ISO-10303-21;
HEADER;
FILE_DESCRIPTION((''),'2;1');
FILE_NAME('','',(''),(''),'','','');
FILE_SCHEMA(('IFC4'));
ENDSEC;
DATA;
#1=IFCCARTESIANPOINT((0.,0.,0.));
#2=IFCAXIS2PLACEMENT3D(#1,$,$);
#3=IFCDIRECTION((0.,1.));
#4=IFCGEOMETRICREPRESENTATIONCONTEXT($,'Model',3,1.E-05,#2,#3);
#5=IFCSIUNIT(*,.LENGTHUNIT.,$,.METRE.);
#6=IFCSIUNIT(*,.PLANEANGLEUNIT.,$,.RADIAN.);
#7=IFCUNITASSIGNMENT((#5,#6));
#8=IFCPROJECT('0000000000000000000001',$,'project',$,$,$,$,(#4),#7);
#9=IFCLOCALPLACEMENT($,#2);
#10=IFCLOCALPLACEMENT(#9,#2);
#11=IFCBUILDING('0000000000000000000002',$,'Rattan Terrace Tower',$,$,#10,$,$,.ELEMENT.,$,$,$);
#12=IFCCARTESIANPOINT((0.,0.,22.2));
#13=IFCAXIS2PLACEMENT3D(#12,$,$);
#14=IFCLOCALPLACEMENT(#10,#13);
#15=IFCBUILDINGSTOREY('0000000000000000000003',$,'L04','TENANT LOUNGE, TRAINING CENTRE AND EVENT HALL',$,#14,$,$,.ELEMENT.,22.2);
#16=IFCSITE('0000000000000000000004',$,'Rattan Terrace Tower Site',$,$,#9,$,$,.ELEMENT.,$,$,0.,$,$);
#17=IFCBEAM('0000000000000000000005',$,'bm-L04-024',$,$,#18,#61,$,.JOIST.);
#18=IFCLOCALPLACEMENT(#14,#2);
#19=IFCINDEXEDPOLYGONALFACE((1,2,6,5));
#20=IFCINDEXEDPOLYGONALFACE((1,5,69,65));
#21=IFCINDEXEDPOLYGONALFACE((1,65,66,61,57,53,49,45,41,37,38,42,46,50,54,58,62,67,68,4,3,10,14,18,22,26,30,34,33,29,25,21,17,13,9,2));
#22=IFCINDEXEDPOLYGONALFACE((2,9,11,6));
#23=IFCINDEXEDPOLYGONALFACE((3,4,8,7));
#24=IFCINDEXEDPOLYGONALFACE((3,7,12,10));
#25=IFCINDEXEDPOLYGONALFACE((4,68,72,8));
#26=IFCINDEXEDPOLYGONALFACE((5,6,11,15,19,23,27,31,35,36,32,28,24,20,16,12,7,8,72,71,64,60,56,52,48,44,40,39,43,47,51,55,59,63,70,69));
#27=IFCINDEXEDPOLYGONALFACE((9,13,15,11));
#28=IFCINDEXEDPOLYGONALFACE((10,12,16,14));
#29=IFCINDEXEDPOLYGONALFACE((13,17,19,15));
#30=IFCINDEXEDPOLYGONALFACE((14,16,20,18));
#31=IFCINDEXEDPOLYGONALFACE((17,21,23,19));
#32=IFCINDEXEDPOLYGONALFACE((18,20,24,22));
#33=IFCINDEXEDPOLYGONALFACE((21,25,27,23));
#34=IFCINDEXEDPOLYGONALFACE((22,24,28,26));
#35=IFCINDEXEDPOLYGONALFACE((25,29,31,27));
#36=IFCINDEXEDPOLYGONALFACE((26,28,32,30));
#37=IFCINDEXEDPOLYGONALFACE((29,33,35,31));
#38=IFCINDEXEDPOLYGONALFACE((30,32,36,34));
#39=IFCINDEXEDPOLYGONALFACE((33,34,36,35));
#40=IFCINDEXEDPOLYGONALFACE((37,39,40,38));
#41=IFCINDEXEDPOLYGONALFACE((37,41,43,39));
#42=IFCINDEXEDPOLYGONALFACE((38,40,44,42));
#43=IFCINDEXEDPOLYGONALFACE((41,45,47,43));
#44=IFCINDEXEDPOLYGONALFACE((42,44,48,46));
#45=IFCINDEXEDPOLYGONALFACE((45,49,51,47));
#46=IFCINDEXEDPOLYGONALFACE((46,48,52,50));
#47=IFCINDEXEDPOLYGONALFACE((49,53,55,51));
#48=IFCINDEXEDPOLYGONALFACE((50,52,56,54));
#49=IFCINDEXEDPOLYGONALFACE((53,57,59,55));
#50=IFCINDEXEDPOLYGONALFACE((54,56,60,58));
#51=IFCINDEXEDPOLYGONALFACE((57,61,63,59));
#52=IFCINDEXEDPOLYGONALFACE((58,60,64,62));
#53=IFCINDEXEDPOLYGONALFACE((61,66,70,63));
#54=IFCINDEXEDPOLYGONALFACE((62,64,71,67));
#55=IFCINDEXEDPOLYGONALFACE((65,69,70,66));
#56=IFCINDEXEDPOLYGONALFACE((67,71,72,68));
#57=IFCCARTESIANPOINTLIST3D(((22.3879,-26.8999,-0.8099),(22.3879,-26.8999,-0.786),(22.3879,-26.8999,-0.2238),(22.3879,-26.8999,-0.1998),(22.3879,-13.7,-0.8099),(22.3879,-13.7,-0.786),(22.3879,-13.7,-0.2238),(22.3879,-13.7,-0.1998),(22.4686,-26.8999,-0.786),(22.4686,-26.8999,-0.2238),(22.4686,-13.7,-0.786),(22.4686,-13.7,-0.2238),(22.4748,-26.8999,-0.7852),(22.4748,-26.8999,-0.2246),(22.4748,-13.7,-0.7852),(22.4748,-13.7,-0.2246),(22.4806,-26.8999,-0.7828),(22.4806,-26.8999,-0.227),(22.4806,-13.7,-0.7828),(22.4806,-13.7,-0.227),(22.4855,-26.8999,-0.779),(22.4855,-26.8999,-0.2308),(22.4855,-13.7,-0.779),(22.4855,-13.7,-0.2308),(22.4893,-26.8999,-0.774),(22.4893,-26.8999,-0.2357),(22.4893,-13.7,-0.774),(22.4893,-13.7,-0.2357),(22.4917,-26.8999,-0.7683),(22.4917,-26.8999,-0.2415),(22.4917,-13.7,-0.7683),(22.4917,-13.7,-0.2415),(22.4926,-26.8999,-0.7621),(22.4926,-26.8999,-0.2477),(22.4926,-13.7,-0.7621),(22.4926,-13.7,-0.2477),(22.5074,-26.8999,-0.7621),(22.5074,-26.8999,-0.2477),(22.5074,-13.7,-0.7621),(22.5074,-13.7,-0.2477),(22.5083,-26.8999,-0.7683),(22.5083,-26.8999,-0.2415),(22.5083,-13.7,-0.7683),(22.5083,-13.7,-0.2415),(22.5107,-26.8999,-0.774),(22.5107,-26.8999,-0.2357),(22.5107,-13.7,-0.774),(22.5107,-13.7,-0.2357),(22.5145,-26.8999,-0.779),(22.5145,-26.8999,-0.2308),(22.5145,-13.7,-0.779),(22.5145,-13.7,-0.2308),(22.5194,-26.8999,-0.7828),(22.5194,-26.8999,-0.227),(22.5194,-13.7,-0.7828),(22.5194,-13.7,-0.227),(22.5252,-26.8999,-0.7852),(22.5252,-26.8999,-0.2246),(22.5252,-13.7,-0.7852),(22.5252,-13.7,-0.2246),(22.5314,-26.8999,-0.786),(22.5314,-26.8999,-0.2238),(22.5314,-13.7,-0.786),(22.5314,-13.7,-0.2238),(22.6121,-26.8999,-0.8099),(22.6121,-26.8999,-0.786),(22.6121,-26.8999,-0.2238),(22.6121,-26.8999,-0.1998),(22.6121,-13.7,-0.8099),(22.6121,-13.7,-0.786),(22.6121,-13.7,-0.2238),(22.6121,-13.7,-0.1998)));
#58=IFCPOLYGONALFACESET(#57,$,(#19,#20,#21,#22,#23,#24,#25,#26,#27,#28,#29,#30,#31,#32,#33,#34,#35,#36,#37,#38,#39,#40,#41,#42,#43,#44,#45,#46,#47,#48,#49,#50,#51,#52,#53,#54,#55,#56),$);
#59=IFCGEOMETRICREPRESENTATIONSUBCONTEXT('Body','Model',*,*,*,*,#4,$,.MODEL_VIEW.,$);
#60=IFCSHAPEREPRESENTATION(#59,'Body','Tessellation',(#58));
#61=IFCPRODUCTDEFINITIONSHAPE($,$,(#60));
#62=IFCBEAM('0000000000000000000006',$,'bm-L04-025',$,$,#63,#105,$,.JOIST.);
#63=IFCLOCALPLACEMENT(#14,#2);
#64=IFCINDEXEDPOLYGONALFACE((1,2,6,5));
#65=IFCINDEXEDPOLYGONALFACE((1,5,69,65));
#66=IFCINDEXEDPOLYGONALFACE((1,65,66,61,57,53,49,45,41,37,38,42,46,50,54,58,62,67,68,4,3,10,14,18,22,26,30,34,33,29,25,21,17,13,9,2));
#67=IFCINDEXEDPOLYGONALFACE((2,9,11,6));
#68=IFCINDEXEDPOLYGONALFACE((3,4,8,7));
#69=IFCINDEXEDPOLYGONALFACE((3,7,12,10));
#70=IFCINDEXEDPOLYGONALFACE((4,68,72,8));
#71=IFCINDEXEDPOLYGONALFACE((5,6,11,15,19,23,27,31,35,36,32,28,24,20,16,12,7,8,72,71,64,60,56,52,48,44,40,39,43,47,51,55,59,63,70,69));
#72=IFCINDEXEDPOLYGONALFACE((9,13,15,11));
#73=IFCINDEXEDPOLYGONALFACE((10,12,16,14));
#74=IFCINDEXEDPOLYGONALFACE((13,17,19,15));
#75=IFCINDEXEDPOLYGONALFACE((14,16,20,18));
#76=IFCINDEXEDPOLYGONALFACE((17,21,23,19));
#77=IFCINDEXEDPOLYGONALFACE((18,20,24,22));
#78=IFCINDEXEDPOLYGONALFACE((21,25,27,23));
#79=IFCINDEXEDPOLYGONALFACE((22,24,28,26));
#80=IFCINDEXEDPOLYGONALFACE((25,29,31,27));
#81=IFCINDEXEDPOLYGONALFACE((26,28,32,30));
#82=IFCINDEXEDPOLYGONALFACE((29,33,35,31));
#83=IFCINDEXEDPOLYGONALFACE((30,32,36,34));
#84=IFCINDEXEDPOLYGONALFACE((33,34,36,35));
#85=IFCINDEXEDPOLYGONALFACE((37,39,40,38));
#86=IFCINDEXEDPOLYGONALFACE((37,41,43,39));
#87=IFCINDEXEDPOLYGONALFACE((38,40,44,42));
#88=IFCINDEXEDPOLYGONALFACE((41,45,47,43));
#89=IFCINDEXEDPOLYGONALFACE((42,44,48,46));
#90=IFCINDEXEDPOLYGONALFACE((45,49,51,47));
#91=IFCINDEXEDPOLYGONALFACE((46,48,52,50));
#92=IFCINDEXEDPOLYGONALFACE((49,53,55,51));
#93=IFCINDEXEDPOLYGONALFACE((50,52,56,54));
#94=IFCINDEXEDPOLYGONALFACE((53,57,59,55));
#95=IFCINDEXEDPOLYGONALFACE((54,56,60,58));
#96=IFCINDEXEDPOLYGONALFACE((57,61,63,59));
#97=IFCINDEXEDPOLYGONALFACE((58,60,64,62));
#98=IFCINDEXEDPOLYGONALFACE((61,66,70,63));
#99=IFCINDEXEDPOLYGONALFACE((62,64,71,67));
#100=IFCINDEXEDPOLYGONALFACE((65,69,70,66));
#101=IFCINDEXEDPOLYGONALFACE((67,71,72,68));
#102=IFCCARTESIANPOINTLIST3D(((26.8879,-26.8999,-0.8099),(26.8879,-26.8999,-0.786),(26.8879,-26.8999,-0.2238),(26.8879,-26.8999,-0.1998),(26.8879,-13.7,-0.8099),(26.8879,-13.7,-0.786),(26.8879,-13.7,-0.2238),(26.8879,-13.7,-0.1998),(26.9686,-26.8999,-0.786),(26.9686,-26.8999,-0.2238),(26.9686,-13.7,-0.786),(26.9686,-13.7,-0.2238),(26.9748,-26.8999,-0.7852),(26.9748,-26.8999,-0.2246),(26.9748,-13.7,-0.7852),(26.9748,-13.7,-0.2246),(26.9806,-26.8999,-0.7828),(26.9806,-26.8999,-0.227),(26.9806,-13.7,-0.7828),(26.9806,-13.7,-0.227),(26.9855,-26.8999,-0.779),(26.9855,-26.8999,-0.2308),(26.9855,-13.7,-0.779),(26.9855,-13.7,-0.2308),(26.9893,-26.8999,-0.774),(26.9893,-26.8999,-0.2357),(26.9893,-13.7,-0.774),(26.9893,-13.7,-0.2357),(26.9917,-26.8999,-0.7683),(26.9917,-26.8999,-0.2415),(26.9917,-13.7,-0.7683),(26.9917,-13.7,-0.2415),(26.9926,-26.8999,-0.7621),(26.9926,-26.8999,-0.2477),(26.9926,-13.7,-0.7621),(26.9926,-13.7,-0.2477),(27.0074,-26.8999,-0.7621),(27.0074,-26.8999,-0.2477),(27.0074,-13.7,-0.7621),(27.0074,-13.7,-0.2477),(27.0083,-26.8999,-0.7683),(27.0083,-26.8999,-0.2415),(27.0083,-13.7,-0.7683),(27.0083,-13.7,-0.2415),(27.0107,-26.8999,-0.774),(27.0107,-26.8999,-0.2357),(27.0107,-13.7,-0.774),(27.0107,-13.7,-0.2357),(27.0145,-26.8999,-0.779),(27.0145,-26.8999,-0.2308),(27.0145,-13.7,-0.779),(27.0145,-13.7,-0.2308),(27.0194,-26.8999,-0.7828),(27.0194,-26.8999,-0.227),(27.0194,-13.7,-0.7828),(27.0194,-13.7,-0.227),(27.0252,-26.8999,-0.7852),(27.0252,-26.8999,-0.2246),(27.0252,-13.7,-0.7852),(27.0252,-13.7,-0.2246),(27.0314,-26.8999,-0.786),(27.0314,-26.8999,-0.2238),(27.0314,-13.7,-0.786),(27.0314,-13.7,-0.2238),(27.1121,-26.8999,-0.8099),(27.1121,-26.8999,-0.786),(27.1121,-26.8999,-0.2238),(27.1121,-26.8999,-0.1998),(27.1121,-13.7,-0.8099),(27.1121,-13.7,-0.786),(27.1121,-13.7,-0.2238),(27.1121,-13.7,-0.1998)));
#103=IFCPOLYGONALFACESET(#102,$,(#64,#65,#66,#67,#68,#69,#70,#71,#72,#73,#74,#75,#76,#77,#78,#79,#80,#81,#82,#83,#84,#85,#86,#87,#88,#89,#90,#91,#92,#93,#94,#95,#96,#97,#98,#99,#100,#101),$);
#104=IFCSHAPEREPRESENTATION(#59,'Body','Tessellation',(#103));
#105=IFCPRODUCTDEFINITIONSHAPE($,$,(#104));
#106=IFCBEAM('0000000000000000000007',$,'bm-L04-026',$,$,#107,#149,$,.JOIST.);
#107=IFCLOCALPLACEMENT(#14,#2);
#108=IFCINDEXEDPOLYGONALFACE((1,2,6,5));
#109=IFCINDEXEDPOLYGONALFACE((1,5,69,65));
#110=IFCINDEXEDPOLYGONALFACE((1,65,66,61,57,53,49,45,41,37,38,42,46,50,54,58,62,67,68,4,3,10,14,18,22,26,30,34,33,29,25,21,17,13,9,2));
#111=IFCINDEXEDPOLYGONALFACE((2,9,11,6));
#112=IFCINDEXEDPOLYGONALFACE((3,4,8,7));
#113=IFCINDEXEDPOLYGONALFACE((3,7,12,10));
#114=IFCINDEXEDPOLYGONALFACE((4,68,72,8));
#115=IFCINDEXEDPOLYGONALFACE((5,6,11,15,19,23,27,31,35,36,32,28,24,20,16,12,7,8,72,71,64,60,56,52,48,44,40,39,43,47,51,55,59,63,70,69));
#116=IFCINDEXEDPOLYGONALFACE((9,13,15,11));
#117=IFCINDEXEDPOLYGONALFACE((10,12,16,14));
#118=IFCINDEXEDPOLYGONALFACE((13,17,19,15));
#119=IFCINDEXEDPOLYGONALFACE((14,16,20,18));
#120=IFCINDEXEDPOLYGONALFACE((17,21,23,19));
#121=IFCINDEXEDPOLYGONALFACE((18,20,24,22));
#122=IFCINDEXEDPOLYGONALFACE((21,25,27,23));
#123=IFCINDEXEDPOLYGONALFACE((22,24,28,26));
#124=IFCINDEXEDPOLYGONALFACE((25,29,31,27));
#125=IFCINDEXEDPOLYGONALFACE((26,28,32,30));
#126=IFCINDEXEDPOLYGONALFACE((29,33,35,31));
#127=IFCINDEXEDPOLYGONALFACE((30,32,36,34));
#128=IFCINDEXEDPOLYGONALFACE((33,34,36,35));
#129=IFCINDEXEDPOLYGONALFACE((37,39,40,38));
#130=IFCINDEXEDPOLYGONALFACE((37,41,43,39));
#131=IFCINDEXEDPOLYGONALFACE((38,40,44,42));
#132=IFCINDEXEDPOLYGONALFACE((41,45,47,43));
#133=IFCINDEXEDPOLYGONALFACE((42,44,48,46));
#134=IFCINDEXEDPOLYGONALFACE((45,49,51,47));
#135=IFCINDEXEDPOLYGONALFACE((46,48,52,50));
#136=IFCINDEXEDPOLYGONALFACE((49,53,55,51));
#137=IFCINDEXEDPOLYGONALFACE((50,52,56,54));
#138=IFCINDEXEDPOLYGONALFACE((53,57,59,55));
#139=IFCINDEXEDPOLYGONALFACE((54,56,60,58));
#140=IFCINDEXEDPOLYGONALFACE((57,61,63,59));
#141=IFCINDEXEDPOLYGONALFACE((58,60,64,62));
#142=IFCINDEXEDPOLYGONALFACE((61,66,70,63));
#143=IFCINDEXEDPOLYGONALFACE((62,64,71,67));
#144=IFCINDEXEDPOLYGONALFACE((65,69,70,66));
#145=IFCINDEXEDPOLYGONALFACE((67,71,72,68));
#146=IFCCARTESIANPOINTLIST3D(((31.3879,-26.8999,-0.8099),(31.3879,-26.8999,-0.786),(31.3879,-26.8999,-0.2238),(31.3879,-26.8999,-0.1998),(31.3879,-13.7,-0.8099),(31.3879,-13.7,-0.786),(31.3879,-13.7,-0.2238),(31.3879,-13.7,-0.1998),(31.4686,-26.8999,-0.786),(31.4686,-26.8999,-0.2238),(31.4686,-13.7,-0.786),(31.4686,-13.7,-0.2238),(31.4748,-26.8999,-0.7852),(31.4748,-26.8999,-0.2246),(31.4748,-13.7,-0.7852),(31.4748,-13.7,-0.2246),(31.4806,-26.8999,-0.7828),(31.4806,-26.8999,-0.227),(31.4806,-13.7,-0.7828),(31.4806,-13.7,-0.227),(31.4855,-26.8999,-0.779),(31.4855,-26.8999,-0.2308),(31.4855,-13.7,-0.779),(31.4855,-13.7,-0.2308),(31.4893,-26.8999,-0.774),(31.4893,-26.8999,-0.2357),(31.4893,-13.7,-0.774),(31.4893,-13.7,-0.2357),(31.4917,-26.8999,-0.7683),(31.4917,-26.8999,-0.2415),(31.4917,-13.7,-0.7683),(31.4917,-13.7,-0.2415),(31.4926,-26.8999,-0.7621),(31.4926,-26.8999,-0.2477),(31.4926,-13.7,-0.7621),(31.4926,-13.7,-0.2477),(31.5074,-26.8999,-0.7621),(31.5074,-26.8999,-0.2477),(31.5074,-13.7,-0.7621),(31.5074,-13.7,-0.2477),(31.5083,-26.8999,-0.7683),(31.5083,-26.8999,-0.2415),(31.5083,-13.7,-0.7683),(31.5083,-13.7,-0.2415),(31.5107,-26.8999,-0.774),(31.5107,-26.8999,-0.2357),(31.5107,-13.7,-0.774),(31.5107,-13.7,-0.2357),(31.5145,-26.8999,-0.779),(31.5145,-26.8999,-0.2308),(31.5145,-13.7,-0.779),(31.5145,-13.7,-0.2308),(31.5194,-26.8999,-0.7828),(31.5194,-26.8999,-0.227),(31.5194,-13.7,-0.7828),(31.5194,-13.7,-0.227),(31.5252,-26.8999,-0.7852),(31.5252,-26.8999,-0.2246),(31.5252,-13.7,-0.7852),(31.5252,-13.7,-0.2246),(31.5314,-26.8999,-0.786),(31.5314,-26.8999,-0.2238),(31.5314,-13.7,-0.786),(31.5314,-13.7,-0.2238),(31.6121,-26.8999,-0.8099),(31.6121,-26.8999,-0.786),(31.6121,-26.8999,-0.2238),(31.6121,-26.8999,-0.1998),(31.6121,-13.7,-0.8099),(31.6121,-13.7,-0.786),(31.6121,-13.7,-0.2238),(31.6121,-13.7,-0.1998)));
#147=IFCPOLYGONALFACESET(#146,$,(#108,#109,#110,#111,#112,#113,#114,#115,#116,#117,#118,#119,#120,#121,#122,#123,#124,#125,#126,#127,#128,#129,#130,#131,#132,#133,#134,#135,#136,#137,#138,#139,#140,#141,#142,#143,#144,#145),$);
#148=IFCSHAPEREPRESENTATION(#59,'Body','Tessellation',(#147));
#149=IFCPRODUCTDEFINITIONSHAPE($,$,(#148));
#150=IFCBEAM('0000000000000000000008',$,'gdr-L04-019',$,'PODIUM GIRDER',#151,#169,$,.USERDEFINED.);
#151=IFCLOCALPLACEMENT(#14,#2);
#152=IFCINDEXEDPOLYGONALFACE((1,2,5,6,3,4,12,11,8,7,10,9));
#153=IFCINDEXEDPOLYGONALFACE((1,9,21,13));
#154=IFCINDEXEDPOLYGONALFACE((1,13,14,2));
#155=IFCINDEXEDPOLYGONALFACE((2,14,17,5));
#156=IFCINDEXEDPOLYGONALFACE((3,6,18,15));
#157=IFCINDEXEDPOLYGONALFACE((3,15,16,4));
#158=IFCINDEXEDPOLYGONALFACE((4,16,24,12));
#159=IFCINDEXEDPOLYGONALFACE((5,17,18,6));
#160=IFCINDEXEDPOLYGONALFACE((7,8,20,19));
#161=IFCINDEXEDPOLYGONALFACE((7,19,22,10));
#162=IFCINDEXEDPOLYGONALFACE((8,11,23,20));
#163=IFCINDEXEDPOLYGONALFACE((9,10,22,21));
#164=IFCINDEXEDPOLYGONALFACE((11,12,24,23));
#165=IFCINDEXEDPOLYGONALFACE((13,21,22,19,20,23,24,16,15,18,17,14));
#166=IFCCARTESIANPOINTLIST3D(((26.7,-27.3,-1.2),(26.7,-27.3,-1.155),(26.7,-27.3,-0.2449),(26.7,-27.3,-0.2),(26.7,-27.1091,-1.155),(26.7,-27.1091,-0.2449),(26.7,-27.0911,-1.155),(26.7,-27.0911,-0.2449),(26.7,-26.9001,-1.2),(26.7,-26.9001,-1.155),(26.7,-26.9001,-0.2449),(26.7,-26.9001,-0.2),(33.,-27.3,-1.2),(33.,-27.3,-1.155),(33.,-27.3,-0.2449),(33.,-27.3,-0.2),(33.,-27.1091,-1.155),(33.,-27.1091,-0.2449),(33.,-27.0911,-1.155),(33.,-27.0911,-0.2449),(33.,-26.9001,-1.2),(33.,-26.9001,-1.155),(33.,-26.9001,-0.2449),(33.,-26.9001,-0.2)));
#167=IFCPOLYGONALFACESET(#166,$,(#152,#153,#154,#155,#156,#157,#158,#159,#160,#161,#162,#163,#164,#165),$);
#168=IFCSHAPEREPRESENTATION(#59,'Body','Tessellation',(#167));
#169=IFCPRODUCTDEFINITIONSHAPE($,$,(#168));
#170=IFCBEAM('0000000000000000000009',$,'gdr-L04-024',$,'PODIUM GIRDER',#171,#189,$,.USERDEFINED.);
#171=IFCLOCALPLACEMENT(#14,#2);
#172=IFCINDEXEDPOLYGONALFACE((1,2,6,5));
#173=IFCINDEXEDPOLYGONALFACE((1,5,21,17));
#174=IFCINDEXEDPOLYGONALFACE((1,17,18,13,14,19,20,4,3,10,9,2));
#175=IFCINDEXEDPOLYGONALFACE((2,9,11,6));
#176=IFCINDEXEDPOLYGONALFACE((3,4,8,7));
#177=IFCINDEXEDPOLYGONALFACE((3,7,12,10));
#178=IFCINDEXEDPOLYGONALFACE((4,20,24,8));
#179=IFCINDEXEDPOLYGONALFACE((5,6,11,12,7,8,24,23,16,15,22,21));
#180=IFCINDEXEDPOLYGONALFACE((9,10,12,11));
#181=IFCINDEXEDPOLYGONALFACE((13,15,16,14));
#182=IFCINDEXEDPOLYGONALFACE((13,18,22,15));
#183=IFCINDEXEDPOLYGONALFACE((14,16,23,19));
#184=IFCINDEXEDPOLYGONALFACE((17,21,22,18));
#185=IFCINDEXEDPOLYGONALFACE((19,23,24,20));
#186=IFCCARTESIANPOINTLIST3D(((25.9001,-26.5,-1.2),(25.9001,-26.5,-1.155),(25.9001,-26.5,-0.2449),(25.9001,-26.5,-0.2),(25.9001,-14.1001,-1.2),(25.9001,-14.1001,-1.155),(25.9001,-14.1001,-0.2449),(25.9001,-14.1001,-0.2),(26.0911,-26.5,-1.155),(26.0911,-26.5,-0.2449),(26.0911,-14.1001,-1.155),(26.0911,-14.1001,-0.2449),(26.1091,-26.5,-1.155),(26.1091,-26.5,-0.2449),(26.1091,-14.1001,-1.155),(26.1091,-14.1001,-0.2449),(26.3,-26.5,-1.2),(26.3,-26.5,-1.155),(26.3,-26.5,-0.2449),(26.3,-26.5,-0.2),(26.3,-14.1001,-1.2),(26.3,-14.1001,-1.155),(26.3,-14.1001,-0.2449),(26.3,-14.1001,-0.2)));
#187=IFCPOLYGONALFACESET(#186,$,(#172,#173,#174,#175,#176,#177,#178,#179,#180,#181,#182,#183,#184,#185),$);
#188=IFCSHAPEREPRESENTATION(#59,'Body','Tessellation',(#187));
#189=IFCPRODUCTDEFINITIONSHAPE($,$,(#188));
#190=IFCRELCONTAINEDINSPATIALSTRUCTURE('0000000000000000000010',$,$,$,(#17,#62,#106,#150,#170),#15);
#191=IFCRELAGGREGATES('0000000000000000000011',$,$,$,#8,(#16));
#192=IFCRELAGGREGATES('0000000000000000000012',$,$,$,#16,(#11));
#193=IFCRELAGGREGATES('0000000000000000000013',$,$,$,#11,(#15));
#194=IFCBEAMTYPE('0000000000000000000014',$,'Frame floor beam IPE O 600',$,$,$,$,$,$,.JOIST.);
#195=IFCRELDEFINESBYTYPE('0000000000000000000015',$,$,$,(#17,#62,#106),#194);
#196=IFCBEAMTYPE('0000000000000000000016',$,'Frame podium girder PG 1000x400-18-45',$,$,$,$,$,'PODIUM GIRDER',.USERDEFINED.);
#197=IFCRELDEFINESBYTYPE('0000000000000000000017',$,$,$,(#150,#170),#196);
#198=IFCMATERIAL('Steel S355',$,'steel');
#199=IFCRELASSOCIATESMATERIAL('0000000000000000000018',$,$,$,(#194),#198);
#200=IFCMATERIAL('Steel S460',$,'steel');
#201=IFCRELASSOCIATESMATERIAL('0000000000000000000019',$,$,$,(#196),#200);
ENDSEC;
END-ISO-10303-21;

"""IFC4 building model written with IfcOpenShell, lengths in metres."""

from ifc_helpers import new_model, si_unit, direction, frame, origin, origin_2d, place, context, subcontext, project, spatial, i_section, extrude, material, material_profile, profile_set, type_object, element, save


model = new_model("IFC4")

# Units and contexts
model_context = context("Model", 3, precision=1e-05, world=origin(), true_north=direction((0.0, 1.0)))
body_context = subcontext(model_context, "Body", "Model", "MODEL_VIEW")
ifc_project = project(units=[si_unit("LENGTHUNIT", "METRE"), si_unit("PLANEANGLEUNIT", "RADIAN")], contexts=[model_context])

# Site, building, storey
site_placement = place(None, origin())
site = spatial("IfcSite", under=ifc_project, at=site_placement, Name="Rattan Terrace Tower Site", CompositionType="ELEMENT", RefElevation=0.0)
building_placement = place(site_placement, origin())
building = spatial("IfcBuilding", under=site, at=building_placement, Name="Rattan Terrace Tower", CompositionType="ELEMENT")
storey_placement = place(building_placement, frame((0.0, 0.0, 22.2)))
storey = spatial("IfcBuildingStorey", under=building, at=storey_placement, Name="L04", Description="TENANT LOUNGE, TRAINING CENTRE AND EVENT HALL", CompositionType="ELEMENT", Elevation=22.2)

# Beams
ifc_material_1 = material(Name="Steel S355", Category="steel")
ifc_material_profile_1 = material_profile(ifc_material_1, i_section(OverallWidth=0.2241, OverallDepth=0.6101, WebThickness=0.0149, FlangeThickness=0.0239, FilletRadius=0.0239, at=origin_2d()), Name="IPE O 600")
ifc_profile_set_1 = profile_set([ifc_material_profile_1], Name="Steel S355")
beam_type_1 = type_object("IfcBeamType", Name="Frame floor beam IPE O 600", PredefinedType="JOIST", material=ifc_profile_set_1)
for number, where, z_axis, x_axis, name in (
    (1, (22.5, -26.8999, -0.5049), (0.0, 1.0, 0.0), (-1.0, 0.0, 0.0), "bm-L04-024"),
    (2, (27.0, -26.8999, -0.5049), (0.0, 1.0, 0.0), (-1.0, 0.0, 0.0), "bm-L04-025"),
    (3, (31.5, -26.8999, -0.5049), (0.0, 1.0, 0.0), (-1.0, 0.0, 0.0), "bm-L04-026"),
):
    element("IfcBeam", number, at=place(storey_placement, frame(where, z_axis=z_axis, x_axis=x_axis)), inside=storey, type_object=beam_type_1, Name=name, PredefinedType="JOIST", context=body_context, shape_type="SweptSolid", body=[
        extrude(i_section(OverallWidth=0.2241, OverallDepth=0.6101, WebThickness=0.0149, FlangeThickness=0.0239, FilletRadius=0.0239, at=origin_2d()), origin(), (0.0, 0.0, 1.0), 13.2),
    ])
ifc_material_2 = material(Name="Steel S460", Category="steel")
ifc_material_profile_2 = material_profile(ifc_material_2, i_section(OverallWidth=0.3999, OverallDepth=1.0, WebThickness=0.0181, FlangeThickness=0.0449, at=origin_2d()), Name="PG 1000x400-18-45")
ifc_profile_set_2 = profile_set([ifc_material_profile_2], Name="Steel S460")
beam_type_2 = type_object("IfcBeamType", Name="Frame podium girder PG 1000x400-18-45", ElementType="PODIUM GIRDER", PredefinedType="USERDEFINED", material=ifc_profile_set_2)
beam_1_placement = place(storey_placement, frame((26.7, -27.1001, -0.7), z_axis=(1.0, 0.0, 0.0), x_axis=(0.0, 1.0, 0.0)))
element("IfcBeam", 4, at=beam_1_placement, inside=storey, type_object=beam_type_2, Name="gdr-L04-019", ObjectType="PODIUM GIRDER", PredefinedType="USERDEFINED", context=body_context, shape_type="SweptSolid", body=[
    extrude(i_section(OverallWidth=0.3999, OverallDepth=1.0, WebThickness=0.0181, FlangeThickness=0.0449, at=origin_2d()), origin(), (0.0, 0.0, 1.0), 6.3),
])
beam_2_placement = place(storey_placement, frame((26.1001, -26.5, -0.7), z_axis=(0.0, 1.0, 0.0), x_axis=(-1.0, 0.0, 0.0)))
element("IfcBeam", 5, at=beam_2_placement, inside=storey, type_object=beam_type_2, Name="gdr-L04-024", ObjectType="PODIUM GIRDER", PredefinedType="USERDEFINED", context=body_context, shape_type="SweptSolid", body=[
    extrude(i_section(OverallWidth=0.3999, OverallDepth=1.0, WebThickness=0.0181, FlangeThickness=0.0449, at=origin_2d()), origin(), (0.0, 0.0, 1.0), 12.3999),
])

save(model, "model.ifc")
